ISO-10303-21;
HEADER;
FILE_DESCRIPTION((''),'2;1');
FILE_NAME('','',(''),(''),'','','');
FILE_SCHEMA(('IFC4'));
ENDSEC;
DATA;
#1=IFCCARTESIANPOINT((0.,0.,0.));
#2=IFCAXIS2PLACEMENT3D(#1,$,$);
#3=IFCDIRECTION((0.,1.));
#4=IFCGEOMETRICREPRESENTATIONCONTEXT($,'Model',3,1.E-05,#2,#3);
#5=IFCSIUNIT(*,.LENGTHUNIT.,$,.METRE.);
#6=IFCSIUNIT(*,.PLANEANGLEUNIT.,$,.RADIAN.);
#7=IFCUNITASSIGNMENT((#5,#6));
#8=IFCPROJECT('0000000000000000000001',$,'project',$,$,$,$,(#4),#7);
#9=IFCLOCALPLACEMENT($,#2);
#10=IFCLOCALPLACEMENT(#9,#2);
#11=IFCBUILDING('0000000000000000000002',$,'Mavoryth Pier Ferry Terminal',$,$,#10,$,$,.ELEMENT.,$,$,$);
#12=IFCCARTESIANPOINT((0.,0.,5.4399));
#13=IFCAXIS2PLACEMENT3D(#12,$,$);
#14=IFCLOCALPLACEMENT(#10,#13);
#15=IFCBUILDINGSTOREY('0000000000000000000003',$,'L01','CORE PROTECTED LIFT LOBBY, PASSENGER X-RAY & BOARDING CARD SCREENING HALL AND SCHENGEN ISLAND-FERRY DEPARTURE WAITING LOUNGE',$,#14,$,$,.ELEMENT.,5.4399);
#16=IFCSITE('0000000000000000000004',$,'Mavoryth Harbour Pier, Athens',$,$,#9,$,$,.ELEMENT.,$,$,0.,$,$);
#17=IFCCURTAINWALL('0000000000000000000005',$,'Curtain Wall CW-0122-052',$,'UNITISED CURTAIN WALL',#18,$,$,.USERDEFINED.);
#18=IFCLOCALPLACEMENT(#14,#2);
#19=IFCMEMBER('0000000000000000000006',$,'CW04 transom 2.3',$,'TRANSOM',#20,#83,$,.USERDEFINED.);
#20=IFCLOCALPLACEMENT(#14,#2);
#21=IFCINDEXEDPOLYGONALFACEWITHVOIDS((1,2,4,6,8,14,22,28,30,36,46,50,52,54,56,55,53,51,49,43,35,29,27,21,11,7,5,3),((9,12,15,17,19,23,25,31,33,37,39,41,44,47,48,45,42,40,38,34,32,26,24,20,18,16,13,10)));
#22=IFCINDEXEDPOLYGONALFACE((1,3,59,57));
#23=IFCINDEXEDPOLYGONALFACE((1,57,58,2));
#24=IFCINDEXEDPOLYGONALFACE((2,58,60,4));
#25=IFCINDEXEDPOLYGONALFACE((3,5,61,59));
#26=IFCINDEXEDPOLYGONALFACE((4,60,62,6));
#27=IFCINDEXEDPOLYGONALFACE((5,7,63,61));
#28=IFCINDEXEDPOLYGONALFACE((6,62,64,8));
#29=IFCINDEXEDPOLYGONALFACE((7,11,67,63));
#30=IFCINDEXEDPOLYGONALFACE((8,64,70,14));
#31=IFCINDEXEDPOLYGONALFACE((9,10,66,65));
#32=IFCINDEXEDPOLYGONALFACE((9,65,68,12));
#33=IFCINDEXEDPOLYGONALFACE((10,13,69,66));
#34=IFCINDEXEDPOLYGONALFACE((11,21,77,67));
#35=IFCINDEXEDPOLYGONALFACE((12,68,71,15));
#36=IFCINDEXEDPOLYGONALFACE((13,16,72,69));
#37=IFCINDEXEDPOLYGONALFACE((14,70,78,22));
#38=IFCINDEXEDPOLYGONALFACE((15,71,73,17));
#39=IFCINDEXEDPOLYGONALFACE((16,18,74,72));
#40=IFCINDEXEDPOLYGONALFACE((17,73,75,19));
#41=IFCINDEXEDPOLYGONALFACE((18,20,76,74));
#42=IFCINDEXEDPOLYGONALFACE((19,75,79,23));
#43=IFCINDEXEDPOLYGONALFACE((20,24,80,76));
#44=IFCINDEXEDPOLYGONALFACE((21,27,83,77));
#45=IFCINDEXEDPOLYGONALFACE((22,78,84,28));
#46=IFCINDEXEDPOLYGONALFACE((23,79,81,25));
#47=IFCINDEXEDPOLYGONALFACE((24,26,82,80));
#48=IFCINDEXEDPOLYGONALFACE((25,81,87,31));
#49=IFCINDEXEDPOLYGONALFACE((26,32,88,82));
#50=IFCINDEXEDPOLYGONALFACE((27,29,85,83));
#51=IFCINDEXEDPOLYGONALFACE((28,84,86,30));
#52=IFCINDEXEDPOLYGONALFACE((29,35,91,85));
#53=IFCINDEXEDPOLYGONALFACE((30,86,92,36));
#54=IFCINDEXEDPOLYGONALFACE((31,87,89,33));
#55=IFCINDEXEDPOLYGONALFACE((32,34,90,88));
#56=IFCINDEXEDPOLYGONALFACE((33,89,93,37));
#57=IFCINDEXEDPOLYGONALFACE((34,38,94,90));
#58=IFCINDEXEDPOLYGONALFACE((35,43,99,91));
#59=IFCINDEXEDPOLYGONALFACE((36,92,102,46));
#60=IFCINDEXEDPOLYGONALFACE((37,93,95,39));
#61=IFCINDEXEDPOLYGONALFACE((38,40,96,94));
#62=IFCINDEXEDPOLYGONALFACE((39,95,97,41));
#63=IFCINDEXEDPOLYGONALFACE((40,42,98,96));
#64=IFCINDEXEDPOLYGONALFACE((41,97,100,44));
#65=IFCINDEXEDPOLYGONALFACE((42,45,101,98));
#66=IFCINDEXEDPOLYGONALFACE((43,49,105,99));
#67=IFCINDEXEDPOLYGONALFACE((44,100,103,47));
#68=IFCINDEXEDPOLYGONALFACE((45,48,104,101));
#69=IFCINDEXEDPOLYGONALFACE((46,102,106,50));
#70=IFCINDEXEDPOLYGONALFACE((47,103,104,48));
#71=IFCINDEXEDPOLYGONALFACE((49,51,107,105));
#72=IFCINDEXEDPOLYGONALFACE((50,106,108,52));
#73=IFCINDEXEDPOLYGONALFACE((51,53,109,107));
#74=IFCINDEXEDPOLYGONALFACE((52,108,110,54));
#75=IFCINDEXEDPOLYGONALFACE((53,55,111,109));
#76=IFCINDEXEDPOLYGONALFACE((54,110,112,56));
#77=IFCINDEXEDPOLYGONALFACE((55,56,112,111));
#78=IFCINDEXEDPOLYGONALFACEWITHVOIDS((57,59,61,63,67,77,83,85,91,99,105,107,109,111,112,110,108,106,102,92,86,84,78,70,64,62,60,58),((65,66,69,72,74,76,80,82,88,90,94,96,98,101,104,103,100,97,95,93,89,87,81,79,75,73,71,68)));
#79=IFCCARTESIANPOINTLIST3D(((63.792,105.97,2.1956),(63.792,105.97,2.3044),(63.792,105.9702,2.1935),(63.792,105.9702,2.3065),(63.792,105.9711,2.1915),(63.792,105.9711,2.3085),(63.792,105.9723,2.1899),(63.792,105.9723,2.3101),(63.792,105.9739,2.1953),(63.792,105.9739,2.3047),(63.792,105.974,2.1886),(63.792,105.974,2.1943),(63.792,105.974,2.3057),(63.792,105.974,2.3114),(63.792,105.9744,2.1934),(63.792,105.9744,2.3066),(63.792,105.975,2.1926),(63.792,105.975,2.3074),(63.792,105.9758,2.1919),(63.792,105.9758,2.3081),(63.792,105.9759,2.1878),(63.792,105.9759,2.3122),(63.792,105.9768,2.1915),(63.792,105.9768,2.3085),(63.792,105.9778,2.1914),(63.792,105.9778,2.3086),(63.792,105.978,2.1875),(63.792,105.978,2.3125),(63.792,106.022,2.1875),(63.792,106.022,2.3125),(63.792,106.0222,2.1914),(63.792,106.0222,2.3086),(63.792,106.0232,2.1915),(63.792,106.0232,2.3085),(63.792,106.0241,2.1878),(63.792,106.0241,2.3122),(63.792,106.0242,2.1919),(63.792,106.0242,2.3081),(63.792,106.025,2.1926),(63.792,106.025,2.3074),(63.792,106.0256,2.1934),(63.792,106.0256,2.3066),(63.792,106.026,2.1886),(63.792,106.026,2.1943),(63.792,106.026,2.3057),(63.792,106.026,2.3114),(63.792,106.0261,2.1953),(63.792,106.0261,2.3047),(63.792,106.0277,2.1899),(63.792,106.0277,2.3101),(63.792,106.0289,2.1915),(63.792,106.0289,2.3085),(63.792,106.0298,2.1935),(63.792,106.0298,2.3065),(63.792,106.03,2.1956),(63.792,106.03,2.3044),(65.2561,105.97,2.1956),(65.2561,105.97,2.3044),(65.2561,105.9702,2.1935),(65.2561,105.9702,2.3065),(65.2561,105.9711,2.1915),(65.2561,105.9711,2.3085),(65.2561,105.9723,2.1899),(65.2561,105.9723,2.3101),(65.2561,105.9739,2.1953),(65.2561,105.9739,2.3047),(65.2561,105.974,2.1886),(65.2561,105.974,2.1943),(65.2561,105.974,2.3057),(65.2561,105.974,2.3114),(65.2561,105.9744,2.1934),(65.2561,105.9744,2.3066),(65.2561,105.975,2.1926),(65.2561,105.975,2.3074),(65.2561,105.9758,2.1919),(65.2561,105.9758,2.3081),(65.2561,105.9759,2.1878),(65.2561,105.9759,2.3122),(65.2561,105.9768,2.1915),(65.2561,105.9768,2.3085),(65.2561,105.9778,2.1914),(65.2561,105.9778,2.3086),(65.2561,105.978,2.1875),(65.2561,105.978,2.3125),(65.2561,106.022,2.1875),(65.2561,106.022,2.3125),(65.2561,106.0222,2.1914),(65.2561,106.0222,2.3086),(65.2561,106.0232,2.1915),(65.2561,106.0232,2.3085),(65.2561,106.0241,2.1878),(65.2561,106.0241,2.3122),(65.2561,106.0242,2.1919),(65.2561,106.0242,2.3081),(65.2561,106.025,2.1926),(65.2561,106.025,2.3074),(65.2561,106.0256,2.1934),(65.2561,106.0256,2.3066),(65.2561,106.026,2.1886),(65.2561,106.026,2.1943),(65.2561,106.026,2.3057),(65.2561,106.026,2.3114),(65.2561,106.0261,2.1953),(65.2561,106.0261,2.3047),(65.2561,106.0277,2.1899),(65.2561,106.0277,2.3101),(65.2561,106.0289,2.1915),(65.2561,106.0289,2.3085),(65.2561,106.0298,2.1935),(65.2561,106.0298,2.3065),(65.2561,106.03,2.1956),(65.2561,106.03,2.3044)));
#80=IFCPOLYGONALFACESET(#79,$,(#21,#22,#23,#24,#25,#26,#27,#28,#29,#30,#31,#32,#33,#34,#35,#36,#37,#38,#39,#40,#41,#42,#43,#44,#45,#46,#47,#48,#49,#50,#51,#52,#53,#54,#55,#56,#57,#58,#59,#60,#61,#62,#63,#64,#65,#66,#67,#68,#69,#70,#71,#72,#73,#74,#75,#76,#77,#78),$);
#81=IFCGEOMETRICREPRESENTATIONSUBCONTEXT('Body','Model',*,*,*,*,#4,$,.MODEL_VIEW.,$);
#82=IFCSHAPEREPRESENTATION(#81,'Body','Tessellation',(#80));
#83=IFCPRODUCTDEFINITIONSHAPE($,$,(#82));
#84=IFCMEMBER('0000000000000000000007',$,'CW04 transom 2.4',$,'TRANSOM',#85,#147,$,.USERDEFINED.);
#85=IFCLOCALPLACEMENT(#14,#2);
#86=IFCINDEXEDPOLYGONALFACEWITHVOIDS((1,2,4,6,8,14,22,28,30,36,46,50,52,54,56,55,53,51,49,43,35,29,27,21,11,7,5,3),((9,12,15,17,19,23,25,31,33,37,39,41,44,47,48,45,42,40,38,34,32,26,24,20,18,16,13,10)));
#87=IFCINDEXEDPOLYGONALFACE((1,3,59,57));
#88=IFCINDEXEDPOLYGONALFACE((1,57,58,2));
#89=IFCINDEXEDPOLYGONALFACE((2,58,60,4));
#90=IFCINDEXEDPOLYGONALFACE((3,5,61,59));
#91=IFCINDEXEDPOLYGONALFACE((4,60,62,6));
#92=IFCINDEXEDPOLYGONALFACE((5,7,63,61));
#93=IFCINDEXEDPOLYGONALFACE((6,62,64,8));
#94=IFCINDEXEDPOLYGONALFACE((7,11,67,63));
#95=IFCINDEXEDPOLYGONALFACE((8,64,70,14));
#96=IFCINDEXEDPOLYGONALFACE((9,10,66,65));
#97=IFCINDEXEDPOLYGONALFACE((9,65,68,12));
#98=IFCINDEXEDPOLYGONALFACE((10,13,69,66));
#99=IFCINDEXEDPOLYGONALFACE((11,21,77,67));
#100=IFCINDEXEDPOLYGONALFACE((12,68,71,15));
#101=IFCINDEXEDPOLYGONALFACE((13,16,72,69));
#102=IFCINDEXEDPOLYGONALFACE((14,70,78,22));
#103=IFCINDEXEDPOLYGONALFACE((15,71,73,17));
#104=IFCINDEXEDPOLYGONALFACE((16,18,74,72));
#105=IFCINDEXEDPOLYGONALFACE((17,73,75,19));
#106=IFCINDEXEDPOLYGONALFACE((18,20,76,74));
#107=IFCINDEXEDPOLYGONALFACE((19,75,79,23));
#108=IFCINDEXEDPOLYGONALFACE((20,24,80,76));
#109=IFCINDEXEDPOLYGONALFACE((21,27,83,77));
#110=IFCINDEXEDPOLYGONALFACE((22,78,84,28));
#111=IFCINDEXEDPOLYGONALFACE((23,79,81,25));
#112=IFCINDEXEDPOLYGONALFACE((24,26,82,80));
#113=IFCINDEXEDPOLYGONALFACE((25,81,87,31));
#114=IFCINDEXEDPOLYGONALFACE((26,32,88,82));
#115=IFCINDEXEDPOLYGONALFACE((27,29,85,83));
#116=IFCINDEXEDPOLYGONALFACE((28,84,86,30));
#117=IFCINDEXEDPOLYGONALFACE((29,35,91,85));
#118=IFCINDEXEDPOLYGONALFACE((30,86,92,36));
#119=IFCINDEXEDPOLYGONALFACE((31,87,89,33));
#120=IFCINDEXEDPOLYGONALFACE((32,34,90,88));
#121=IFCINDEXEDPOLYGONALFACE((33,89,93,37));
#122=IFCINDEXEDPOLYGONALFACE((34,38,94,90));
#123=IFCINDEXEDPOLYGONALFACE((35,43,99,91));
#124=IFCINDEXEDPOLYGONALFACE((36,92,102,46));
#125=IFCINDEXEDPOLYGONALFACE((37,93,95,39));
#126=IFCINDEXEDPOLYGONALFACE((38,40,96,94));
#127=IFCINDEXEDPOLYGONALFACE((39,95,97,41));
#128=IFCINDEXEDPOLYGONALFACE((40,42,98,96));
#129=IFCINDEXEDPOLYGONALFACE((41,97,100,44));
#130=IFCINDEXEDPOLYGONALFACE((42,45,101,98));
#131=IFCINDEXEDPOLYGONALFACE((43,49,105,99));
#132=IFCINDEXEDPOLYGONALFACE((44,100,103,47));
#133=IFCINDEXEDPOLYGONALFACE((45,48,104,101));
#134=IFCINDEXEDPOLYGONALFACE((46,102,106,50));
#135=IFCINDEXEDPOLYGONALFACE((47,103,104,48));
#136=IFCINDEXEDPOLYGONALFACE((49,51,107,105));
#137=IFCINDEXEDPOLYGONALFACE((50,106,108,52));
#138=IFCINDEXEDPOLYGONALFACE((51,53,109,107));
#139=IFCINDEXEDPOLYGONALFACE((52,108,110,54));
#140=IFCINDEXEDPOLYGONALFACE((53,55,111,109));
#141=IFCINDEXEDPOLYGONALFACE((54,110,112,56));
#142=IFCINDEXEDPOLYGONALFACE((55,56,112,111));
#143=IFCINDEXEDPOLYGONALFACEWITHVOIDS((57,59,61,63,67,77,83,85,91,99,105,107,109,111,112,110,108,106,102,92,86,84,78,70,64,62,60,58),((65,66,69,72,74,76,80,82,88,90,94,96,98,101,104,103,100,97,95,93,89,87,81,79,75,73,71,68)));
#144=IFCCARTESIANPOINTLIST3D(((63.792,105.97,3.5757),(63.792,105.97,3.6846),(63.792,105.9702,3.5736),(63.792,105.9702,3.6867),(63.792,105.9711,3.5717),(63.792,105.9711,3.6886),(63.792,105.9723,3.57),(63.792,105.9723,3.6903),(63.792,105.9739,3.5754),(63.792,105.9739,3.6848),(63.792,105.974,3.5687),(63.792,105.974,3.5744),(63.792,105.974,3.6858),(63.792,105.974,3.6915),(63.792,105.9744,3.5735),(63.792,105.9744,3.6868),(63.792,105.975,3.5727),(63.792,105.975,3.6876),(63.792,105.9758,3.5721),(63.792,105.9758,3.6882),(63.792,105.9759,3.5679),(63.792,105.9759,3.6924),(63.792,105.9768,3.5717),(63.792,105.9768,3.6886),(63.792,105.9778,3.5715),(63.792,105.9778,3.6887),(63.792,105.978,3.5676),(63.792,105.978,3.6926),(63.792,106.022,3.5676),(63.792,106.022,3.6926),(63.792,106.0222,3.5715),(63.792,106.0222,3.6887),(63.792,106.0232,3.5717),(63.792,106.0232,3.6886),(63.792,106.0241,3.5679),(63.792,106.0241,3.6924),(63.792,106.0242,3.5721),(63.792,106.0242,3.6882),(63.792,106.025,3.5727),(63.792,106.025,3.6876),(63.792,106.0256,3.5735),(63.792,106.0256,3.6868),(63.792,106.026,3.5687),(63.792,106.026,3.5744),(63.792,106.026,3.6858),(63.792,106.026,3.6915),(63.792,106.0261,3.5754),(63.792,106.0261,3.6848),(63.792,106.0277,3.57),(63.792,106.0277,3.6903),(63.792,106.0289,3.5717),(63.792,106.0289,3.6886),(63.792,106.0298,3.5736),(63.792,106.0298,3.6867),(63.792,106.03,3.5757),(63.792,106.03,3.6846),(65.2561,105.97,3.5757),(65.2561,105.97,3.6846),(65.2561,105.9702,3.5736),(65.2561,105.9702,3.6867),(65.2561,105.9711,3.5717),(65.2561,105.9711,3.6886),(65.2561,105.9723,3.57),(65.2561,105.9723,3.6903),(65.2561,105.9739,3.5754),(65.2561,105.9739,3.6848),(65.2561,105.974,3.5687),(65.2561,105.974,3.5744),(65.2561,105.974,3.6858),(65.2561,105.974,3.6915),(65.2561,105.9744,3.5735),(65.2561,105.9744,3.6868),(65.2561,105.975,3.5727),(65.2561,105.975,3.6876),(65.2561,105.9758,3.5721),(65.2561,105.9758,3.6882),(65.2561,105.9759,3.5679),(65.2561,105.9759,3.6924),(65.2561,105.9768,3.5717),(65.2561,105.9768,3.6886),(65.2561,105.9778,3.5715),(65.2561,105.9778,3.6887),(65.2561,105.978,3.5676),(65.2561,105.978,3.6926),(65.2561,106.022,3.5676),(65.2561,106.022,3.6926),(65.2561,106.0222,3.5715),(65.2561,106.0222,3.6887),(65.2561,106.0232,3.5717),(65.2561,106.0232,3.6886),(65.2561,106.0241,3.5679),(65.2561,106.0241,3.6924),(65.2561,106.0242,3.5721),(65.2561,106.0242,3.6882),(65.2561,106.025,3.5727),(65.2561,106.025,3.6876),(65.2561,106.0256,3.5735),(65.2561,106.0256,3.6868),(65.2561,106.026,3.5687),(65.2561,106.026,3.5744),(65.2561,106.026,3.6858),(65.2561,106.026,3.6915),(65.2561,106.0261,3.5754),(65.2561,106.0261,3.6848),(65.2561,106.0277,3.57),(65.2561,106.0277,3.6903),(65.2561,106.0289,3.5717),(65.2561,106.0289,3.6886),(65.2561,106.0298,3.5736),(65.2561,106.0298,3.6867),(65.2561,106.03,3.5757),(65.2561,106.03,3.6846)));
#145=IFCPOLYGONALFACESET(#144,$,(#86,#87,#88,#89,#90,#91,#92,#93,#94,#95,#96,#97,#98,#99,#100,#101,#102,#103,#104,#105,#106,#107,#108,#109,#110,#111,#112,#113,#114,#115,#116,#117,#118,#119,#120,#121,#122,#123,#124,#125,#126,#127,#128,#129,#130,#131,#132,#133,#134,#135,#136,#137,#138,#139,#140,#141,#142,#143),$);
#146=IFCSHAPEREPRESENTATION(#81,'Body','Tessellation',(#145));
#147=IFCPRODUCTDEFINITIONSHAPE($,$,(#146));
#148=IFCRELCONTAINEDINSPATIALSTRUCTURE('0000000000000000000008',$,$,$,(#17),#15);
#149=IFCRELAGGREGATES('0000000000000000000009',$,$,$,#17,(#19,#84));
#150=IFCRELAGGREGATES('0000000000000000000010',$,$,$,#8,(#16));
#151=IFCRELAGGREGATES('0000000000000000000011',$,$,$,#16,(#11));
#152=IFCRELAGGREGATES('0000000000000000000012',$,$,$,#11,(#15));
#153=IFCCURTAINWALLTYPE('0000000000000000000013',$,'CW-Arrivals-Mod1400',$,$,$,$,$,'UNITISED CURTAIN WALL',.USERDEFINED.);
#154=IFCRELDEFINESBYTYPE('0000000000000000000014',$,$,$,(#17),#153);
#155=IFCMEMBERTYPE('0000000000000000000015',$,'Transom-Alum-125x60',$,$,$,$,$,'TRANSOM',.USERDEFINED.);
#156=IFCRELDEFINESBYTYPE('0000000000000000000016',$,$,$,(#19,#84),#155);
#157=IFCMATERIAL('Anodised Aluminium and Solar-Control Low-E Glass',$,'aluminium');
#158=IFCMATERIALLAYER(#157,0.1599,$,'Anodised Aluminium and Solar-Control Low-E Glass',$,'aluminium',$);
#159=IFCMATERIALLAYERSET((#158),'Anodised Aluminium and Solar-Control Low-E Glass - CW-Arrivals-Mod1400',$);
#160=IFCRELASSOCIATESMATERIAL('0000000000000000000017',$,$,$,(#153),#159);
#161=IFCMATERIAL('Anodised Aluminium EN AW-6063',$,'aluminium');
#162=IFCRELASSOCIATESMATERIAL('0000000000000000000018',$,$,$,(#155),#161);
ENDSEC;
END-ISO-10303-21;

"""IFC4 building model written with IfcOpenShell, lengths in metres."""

from ifc_helpers import new_model, si_unit, direction, frame, origin, origin_2d, place, context, subcontext, project, spatial, hollow_rectangle, extrude, material, layer, layer_set, material_profile, profile_set, type_object, element, aggregate, save


model = new_model("IFC4")

# Units and contexts
model_context = context("Model", 3, precision=1e-05, world=origin(), true_north=direction((0.0, 1.0)))
body_context = subcontext(model_context, "Body", "Model", "MODEL_VIEW")
ifc_project = project(units=[si_unit("LENGTHUNIT", "METRE"), si_unit("PLANEANGLEUNIT", "RADIAN")], contexts=[model_context])

# Site, building, storey
site_placement = place(None, origin())
site = spatial("IfcSite", under=ifc_project, at=site_placement, Name="Mavoryth Harbour Pier, Athens", CompositionType="ELEMENT", RefElevation=0.0)
building_placement = place(site_placement, origin())
building = spatial("IfcBuilding", under=site, at=building_placement, Name="Mavoryth Pier Ferry Terminal", CompositionType="ELEMENT")
storey_placement = place(building_placement, frame((0.0, 0.0, 5.4399)))
storey = spatial("IfcBuildingStorey", under=building, at=storey_placement, Name="L01", Description="CORE PROTECTED LIFT LOBBY, PASSENGER X-RAY & BOARDING CARD SCREENING HALL AND SCHENGEN ISLAND-FERRY DEPARTURE WAITING LOUNGE", CompositionType="ELEMENT", Elevation=5.4399)

# Curtain wall
ifc_material_1 = material(Name="Anodised Aluminium and Solar-Control Low-E Glass", Category="aluminium")
ifc_layer_1 = layer(ifc_material_1, 0.1599, Name="Anodised Aluminium and Solar-Control Low-E Glass", Category="aluminium")
ifc_layer_set_1 = layer_set([ifc_layer_1], Name="Anodised Aluminium and Solar-Control Low-E Glass - CW-Arrivals-Mod1400")
curtain_wall_type = type_object("IfcCurtainWallType", Name="CW-Arrivals-Mod1400", ElementType="UNITISED CURTAIN WALL", PredefinedType="USERDEFINED", material=ifc_layer_set_1)
curtain_wall_placement = place(storey_placement, origin())
curtain_wall = element("IfcCurtainWall", 1, at=curtain_wall_placement, inside=storey, type_object=curtain_wall_type, Name="Curtain Wall CW-0122-052", ObjectType="UNITISED CURTAIN WALL", PredefinedType="USERDEFINED")
ifc_material_2 = material(Name="Anodised Aluminium EN AW-6063", Category="aluminium")

# Members
ifc_material_profile_1 = material_profile(ifc_material_2, hollow_rectangle(XDim=0.0601, YDim=0.125, WallThickness=0.0039, InnerFilletRadius=0.0039, OuterFilletRadius=0.0081, at=origin_2d()), Name="AL-TRAN 125x60x4", Category="aluminium")
ifc_profile_set_1 = profile_set([ifc_material_profile_1], Name="Anodised Aluminium EN AW-6063 - AL-TRAN 125x60x4")
member_type_1 = type_object("IfcMemberType", Name="Transom-Alum-125x60", ElementType="TRANSOM", PredefinedType="USERDEFINED", material=ifc_profile_set_1)
member_1_placement = place(storey_placement, frame((65.2561, 106.0, 2.25), z_axis=(-1.0, 0.0, 0.0), x_axis=(0.0, -1.0, 0.0)))
member_1 = element("IfcMember", 2, at=member_1_placement, type_object=member_type_1, Name="CW04 transom 2.3", ObjectType="TRANSOM", PredefinedType="USERDEFINED", context=body_context, shape_type="SweptSolid", body=[
    extrude(hollow_rectangle(XDim=0.0601, YDim=0.125, WallThickness=0.0039, InnerFilletRadius=0.0039, OuterFilletRadius=0.0081, at=origin_2d()), origin(), (0.0, 0.0, 1.0), 1.4641),
])
member_2_placement = place(storey_placement, frame((65.2561, 106.0, 3.6301), z_axis=(-1.0, 0.0, 0.0), x_axis=(0.0, -1.0, 0.0)))
member_2 = element("IfcMember", 3, at=member_2_placement, type_object=member_type_1, Name="CW04 transom 2.4", ObjectType="TRANSOM", PredefinedType="USERDEFINED", context=body_context, shape_type="SweptSolid", body=[
    extrude(hollow_rectangle(XDim=0.0601, YDim=0.125, WallThickness=0.0039, InnerFilletRadius=0.0039, OuterFilletRadius=0.0081, at=origin_2d()), origin(), (0.0, 0.0, 1.0), 1.4641),
])

aggregate(curtain_wall, [member_1, member_2])

save(model, "model.ifc")
